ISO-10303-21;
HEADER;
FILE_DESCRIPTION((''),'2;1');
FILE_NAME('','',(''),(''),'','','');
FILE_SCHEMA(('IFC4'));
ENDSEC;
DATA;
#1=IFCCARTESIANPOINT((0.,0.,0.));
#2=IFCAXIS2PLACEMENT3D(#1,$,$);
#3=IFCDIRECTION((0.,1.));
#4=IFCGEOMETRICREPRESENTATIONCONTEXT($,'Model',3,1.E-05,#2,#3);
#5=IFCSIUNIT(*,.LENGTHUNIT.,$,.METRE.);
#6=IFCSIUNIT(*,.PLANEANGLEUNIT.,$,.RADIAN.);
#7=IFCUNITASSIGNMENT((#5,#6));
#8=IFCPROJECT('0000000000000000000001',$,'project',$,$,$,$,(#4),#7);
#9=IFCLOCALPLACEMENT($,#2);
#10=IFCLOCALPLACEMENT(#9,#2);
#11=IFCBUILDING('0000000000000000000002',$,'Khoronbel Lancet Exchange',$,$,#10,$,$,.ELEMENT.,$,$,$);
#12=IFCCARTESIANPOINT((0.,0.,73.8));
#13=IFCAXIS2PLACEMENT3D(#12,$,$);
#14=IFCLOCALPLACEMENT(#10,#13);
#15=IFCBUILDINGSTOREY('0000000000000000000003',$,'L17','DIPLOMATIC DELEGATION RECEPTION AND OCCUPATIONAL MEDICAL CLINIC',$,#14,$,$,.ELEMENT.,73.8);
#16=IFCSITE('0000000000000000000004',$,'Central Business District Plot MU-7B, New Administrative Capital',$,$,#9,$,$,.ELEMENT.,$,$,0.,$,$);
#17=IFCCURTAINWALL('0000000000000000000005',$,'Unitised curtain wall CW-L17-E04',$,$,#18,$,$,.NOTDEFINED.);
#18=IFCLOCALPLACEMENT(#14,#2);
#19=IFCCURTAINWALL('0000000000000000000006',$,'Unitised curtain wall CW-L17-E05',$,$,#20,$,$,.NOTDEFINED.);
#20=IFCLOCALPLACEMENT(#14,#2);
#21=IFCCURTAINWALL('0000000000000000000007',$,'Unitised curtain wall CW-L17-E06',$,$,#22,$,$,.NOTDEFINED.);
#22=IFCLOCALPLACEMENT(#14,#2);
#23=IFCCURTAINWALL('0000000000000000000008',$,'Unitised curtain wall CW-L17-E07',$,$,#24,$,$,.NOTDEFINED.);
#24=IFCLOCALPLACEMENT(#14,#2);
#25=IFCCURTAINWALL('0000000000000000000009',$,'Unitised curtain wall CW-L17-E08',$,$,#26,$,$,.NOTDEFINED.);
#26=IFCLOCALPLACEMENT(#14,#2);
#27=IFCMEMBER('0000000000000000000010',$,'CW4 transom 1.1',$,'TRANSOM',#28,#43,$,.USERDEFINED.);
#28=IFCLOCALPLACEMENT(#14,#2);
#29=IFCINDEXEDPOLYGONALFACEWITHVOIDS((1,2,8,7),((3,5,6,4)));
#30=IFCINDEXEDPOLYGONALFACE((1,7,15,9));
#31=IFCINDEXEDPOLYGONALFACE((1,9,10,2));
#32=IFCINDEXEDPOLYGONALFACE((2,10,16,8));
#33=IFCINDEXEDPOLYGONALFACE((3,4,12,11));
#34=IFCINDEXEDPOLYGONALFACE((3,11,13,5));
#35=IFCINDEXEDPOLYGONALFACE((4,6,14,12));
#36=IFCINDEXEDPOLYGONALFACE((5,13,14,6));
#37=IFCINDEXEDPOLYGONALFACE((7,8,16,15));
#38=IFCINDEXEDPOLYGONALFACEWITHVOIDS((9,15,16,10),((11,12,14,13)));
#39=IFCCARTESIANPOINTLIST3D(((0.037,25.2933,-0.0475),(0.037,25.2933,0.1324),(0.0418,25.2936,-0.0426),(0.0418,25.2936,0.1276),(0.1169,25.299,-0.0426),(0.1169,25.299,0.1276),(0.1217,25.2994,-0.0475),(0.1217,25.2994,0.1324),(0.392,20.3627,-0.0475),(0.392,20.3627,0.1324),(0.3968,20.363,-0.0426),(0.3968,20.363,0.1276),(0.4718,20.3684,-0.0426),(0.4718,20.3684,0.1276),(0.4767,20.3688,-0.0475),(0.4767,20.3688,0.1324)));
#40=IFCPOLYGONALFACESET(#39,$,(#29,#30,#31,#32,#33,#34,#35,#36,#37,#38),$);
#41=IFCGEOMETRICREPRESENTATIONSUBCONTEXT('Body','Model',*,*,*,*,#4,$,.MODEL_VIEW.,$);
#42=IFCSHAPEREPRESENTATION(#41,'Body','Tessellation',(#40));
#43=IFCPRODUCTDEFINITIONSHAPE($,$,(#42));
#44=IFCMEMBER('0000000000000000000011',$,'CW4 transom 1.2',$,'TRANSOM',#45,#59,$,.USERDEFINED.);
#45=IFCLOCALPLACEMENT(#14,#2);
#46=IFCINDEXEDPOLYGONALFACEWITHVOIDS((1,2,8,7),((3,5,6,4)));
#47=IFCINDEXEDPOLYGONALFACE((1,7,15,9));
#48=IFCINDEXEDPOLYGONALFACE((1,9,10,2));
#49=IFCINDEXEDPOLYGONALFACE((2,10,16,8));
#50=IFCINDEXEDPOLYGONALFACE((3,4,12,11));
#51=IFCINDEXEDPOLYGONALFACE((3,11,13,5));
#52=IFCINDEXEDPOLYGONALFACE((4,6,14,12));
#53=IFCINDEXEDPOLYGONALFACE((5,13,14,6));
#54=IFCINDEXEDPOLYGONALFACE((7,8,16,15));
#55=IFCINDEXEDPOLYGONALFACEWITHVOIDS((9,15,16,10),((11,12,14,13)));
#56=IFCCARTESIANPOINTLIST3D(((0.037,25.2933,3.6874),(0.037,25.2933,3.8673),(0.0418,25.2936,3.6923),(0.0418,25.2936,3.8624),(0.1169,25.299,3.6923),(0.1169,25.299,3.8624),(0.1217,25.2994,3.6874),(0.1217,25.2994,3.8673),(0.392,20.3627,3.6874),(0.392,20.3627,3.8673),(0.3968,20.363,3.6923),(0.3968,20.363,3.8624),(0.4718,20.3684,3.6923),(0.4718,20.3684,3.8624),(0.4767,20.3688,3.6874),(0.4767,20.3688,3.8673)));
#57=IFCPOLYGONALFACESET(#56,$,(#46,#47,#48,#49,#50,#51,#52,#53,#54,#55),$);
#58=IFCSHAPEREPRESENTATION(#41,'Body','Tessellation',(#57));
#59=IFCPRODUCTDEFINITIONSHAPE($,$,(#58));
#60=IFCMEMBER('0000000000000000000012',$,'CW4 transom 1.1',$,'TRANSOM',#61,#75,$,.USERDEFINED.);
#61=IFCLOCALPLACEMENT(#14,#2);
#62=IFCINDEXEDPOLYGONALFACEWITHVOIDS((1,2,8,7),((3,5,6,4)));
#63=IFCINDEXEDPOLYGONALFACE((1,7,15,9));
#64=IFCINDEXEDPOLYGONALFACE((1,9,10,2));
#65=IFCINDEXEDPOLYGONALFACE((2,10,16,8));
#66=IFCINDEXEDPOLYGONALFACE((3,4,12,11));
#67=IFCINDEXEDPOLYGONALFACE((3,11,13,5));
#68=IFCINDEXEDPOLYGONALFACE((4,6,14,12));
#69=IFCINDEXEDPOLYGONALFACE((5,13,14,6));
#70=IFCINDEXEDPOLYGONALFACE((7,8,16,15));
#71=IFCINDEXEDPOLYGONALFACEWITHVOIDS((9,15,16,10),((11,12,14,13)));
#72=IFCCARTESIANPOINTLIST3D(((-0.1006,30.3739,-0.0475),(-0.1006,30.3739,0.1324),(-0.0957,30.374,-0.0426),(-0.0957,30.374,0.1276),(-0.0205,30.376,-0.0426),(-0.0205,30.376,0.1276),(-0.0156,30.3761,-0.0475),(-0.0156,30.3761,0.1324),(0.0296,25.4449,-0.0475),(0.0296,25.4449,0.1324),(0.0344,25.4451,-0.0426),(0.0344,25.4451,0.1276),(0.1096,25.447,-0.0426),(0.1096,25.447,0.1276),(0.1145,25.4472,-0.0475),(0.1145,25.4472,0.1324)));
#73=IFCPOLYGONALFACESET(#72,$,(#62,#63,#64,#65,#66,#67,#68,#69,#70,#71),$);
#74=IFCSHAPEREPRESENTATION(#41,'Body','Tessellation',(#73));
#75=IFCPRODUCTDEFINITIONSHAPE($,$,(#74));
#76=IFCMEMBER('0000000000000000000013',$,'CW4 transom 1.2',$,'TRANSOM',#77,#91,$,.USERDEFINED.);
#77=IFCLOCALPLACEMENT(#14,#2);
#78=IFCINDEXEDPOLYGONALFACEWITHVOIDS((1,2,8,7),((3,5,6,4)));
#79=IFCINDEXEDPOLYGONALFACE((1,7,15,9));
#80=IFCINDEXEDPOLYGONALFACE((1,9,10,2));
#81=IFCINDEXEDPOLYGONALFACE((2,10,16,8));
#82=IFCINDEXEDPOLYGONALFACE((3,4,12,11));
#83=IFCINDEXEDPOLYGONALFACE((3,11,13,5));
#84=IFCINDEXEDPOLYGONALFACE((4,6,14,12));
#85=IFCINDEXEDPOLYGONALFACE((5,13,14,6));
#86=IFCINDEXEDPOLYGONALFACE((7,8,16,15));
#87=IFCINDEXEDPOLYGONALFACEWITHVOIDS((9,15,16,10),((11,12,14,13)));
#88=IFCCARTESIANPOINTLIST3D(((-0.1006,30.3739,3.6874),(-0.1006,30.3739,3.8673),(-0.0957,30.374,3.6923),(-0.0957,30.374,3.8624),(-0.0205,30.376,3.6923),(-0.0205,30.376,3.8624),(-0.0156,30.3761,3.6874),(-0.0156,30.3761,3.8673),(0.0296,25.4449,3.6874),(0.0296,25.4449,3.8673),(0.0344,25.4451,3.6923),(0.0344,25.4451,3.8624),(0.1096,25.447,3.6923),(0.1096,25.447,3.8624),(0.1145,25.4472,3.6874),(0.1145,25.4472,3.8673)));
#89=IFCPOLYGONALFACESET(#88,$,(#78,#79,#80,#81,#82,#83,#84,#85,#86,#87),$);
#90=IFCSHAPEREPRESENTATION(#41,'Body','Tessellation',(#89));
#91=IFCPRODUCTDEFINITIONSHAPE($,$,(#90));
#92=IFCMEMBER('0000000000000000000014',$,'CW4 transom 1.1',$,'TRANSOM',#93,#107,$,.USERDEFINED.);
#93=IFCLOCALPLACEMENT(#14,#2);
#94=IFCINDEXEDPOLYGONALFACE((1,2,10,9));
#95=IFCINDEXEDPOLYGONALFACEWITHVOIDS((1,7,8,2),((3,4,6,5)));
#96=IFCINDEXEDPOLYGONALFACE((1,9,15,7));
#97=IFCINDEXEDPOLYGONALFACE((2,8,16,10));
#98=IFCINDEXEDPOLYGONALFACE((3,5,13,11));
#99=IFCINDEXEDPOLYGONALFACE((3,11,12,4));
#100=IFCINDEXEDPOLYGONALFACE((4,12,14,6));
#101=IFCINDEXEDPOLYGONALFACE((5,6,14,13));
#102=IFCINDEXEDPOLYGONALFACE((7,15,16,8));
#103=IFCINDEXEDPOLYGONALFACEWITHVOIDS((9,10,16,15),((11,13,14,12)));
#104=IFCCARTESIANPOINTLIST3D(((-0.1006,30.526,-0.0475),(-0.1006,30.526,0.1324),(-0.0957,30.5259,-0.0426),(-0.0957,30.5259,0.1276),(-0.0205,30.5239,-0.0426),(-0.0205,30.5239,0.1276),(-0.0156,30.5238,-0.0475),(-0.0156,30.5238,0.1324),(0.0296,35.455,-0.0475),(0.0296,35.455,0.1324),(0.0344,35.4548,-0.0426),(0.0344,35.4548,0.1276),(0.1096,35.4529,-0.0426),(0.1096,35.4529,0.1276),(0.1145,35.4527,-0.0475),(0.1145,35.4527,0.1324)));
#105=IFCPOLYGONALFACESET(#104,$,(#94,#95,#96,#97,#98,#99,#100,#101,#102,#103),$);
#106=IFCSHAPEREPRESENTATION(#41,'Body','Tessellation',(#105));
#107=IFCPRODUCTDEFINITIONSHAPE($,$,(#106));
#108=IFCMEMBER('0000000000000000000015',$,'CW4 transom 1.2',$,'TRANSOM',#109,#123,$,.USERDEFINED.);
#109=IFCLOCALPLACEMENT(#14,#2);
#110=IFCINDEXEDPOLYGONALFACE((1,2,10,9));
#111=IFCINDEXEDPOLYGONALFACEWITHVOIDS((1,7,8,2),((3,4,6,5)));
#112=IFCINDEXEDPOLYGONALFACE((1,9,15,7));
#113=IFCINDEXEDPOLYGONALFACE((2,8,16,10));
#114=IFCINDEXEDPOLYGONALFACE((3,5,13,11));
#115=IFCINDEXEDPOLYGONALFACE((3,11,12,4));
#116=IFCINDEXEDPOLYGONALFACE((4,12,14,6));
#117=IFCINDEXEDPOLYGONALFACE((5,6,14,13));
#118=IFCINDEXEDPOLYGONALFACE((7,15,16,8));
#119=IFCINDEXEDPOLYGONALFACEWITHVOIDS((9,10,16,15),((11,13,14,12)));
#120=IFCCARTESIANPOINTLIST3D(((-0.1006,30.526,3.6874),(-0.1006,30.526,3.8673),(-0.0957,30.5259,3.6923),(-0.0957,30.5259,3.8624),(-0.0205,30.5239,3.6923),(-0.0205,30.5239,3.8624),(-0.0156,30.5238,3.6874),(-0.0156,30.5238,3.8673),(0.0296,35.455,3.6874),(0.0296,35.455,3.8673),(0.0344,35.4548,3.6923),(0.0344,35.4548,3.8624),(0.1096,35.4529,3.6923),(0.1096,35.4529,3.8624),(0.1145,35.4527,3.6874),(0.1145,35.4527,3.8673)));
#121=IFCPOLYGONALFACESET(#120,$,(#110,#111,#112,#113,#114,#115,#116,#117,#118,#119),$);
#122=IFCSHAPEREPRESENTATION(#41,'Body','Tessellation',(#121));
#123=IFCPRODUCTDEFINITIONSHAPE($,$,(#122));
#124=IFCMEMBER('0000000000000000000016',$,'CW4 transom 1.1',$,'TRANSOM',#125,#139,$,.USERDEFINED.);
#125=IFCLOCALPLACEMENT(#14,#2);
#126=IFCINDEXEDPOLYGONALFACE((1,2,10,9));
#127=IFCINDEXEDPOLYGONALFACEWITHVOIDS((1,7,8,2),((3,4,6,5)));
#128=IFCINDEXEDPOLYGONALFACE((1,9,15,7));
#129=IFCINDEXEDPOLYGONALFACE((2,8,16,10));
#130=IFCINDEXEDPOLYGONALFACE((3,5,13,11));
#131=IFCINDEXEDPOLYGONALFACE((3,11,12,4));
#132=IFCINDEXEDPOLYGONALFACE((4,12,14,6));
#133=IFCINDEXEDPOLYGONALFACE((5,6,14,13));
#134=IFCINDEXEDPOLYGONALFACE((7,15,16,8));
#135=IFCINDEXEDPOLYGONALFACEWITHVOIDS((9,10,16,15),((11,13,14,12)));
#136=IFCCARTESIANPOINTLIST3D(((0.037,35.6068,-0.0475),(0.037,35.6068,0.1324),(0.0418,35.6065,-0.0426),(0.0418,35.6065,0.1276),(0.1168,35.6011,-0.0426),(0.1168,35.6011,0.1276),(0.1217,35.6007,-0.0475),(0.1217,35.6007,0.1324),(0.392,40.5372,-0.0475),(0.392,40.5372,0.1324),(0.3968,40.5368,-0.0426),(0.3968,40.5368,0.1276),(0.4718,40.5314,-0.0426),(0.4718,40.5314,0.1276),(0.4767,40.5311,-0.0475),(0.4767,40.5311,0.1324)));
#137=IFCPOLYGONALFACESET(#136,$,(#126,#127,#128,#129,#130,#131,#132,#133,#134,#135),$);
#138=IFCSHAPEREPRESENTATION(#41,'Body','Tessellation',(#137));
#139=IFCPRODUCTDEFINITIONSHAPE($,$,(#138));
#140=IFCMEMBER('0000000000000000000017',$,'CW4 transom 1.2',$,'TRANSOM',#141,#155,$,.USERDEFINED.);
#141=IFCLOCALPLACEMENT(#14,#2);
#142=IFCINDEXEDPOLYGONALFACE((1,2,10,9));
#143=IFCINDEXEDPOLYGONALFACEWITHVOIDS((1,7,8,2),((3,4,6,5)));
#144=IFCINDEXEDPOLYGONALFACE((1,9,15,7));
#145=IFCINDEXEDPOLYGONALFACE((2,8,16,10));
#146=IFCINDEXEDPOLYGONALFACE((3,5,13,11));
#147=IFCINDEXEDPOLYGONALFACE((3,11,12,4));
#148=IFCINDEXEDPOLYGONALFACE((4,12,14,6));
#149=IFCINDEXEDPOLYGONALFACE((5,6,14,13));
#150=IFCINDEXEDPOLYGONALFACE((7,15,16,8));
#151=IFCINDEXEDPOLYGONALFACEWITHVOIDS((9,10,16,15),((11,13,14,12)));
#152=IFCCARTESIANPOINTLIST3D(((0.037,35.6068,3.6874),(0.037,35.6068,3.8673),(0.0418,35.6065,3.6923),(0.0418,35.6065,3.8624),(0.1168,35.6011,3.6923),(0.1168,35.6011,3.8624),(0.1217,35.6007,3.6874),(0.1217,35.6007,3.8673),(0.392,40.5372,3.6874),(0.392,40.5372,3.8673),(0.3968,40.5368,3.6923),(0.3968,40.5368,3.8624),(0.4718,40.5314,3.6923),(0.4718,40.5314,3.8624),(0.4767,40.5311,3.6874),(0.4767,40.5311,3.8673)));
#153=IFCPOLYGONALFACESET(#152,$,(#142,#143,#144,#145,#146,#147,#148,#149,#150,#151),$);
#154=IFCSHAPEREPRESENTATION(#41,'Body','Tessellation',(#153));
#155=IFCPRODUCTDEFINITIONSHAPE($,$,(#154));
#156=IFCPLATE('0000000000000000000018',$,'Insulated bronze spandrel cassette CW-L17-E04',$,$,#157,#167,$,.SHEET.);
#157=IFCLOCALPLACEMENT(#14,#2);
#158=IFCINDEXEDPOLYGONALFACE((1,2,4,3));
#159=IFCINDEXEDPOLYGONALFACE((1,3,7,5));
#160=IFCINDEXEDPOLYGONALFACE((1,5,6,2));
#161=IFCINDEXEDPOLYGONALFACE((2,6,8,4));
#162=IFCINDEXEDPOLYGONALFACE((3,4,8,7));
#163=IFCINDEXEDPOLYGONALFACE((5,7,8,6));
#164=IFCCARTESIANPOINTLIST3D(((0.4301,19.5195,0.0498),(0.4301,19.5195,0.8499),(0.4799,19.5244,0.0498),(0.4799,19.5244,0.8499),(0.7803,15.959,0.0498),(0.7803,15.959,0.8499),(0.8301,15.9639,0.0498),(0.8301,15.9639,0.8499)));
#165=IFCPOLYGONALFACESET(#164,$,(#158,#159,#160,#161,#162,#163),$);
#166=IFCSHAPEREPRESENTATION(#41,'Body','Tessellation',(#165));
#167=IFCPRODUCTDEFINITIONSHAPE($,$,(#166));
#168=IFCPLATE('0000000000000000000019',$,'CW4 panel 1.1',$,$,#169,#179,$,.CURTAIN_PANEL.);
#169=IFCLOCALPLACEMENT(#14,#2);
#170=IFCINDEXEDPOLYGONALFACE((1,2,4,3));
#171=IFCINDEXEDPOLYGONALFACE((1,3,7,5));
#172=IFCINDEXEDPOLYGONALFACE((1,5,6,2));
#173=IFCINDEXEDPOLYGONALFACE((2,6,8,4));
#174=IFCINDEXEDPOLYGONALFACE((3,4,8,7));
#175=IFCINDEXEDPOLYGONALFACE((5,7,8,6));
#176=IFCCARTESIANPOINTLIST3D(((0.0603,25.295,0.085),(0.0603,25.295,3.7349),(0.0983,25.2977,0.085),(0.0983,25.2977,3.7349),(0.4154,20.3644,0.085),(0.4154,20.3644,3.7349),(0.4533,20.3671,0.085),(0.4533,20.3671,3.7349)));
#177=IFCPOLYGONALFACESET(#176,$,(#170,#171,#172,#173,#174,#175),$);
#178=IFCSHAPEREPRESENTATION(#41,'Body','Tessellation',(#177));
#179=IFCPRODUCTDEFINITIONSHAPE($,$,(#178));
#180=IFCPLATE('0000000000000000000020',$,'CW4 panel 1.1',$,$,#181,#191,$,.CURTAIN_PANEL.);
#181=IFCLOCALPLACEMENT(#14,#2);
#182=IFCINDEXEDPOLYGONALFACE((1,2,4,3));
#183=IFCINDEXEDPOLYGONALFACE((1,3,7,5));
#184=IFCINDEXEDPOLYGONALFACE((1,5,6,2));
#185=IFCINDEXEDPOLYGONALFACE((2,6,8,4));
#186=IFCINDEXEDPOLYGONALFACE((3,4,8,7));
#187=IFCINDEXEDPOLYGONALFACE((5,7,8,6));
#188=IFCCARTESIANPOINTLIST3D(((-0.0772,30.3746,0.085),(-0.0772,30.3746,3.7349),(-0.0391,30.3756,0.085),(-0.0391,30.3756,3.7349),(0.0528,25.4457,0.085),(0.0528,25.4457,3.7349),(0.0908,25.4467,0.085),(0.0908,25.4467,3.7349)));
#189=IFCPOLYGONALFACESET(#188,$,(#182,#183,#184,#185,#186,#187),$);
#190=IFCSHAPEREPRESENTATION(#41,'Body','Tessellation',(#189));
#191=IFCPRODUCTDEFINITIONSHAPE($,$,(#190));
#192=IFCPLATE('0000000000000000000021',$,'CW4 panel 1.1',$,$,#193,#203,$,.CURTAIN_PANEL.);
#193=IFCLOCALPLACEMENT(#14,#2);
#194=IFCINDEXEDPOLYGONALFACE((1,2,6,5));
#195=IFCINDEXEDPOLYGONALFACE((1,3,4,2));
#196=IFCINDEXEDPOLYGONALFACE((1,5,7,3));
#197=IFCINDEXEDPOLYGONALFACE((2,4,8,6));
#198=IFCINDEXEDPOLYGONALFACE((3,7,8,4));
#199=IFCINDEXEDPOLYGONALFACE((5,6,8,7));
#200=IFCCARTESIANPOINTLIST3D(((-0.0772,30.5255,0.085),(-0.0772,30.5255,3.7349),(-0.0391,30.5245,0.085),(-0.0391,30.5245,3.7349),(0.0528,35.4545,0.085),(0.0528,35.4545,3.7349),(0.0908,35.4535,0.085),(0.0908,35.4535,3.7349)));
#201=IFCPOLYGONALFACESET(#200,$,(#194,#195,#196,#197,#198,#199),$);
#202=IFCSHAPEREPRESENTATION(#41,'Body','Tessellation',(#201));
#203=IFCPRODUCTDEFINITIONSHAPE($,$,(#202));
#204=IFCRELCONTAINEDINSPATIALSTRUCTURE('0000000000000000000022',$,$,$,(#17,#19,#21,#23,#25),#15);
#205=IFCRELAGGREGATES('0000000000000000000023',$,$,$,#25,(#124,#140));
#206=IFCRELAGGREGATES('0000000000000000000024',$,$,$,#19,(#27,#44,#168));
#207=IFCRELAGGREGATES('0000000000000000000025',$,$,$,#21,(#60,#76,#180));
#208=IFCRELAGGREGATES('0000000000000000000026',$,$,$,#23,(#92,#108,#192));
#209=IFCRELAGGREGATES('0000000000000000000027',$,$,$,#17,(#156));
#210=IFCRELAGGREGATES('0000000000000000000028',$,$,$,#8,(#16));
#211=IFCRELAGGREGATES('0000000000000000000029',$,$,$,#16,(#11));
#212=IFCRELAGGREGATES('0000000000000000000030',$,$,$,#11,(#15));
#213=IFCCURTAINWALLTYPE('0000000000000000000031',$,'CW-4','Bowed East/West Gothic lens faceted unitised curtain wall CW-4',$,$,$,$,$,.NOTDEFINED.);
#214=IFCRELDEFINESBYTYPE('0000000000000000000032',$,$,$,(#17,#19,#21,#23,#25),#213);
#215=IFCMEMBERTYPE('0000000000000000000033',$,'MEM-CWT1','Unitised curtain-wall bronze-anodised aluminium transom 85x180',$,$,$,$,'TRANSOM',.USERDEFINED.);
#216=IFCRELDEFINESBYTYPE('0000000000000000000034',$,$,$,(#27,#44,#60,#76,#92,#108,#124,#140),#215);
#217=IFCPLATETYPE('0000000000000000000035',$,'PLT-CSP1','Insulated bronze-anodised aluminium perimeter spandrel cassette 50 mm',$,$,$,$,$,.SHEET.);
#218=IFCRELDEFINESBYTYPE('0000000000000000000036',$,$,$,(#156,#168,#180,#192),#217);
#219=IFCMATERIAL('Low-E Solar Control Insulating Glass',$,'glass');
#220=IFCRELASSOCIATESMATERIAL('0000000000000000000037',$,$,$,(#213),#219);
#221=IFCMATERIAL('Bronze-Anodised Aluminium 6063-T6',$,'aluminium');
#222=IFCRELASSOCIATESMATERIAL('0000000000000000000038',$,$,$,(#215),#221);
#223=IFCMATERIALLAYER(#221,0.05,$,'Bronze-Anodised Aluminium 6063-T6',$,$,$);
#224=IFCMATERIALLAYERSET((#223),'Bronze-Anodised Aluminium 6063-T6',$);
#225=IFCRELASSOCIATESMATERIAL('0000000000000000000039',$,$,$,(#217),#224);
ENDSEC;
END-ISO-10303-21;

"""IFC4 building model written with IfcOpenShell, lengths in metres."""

from ifc_helpers import new_model, si_unit, direction, frame, origin, origin_2d, place, context, subcontext, project, spatial, rectangle, hollow_rectangle, extrude, material, layer, layer_set, material_profile, profile_set, type_object, element, aggregate, save


model = new_model("IFC4")

# Units and contexts
model_context = context("Model", 3, precision=1e-05, world=origin(), true_north=direction((0.0, 1.0)))
body_context = subcontext(model_context, "Body", "Model", "MODEL_VIEW")
ifc_project = project(units=[si_unit("LENGTHUNIT", "METRE"), si_unit("PLANEANGLEUNIT", "RADIAN")], contexts=[model_context])

# Site, building, storey
site_placement = place(None, origin())
site = spatial("IfcSite", under=ifc_project, at=site_placement, Name="Central Business District Plot MU-7B, New Administrative Capital", CompositionType="ELEMENT", RefElevation=0.0)
building_placement = place(site_placement, origin())
building = spatial("IfcBuilding", under=site, at=building_placement, Name="Khoronbel Lancet Exchange", CompositionType="ELEMENT")
storey_placement = place(building_placement, frame((0.0, 0.0, 73.8)))
storey = spatial("IfcBuildingStorey", under=building, at=storey_placement, Name="L17", Description="DIPLOMATIC DELEGATION RECEPTION AND OCCUPATIONAL MEDICAL CLINIC", CompositionType="ELEMENT", Elevation=73.8)

# Curtain walls
ifc_material_1 = material(Name="Low-E Solar Control Insulating Glass", Category="glass")
curtain_wall_type = type_object("IfcCurtainWallType", Name="CW-4", Description="Bowed East/West Gothic lens faceted unitised curtain wall CW-4", PredefinedType="NOTDEFINED", material=ifc_material_1)
curtain_wall_1_placement = place(storey_placement, origin())
curtain_wall_1 = element("IfcCurtainWall", 1, at=curtain_wall_1_placement, inside=storey, type_object=curtain_wall_type, Name="Unitised curtain wall CW-L17-E04", PredefinedType="NOTDEFINED")
ifc_material_2 = material(Name="Bronze-Anodised Aluminium 6063-T6", Category="aluminium")
curtain_wall_2_placement = place(storey_placement, origin())
curtain_wall_2 = element("IfcCurtainWall", 2, at=curtain_wall_2_placement, inside=storey, type_object=curtain_wall_type, Name="Unitised curtain wall CW-L17-E05", PredefinedType="NOTDEFINED")
curtain_wall_3_placement = place(storey_placement, origin())
curtain_wall_3 = element("IfcCurtainWall", 3, at=curtain_wall_3_placement, inside=storey, type_object=curtain_wall_type, Name="Unitised curtain wall CW-L17-E06", PredefinedType="NOTDEFINED")
curtain_wall_4_placement = place(storey_placement, origin())
curtain_wall_4 = element("IfcCurtainWall", 4, at=curtain_wall_4_placement, inside=storey, type_object=curtain_wall_type, Name="Unitised curtain wall CW-L17-E07", PredefinedType="NOTDEFINED")

# Curtain wall
curtain_wall_5_placement = place(storey_placement, origin())
curtain_wall_5 = element("IfcCurtainWall", 5, at=curtain_wall_5_placement, inside=storey, type_object=curtain_wall_type, Name="Unitised curtain wall CW-L17-E08", PredefinedType="NOTDEFINED")

# Members
ifc_material_profile_1 = material_profile(ifc_material_2, hollow_rectangle(XDim=0.085, YDim=0.1799, WallThickness=0.0049, at=origin_2d()), Name="ALU TRANSOM 85x180")
ifc_profile_set_1 = profile_set([ifc_material_profile_1], Name="Bronze-Anodised Aluminium 6063-T6")
member_type_1 = type_object("IfcMemberType", Name="MEM-CWT1", Description="Unitised curtain-wall bronze-anodised aluminium transom 85x180", ElementType="TRANSOM", PredefinedType="USERDEFINED", material=ifc_profile_set_1)
member_1_placement = place(storey_placement, frame((0.4343, 20.3657, 0.0425), z_axis=(-0.071809, 0.997418, 0.0), x_axis=(-0.997418, -0.071809, 0.0)))
member_1 = element("IfcMember", 6, at=member_1_placement, type_object=member_type_1, Name="CW4 transom 1.1", ObjectType="TRANSOM", PredefinedType="USERDEFINED", context=body_context, shape_type="SweptSolid", body=[
    extrude(hollow_rectangle(XDim=0.085, YDim=0.1799, WallThickness=0.0049, at=origin_2d()), origin(), (0.0, 0.0, 1.0), 4.9434),
])
member_2_placement = place(storey_placement, frame((0.4343, 20.3657, 3.7773), z_axis=(-0.071809, 0.997418, 0.0), x_axis=(-0.997418, -0.071809, 0.0)))
member_2 = element("IfcMember", 7, at=member_2_placement, type_object=member_type_1, Name="CW4 transom 1.2", ObjectType="TRANSOM", PredefinedType="USERDEFINED", context=body_context, shape_type="SweptSolid", body=[
    extrude(hollow_rectangle(XDim=0.085, YDim=0.1799, WallThickness=0.0049, at=origin_2d()), origin(), (0.0, 0.0, 1.0), 4.9434),
])
member_3_placement = place(storey_placement, frame((0.072, 25.446, 0.0425), z_axis=(-0.026391, 0.999652, 0.0), x_axis=(-0.999652, -0.026391, 0.0)))
member_3 = element("IfcMember", 8, at=member_3_placement, type_object=member_type_1, Name="CW4 transom 1.1", ObjectType="TRANSOM", PredefinedType="USERDEFINED", context=body_context, shape_type="SweptSolid", body=[
    extrude(hollow_rectangle(XDim=0.085, YDim=0.1799, WallThickness=0.0049, at=origin_2d()), origin(), (0.0, 0.0, 1.0), 4.9307),
])
member_4_placement = place(storey_placement, frame((0.072, 25.446, 3.7773), z_axis=(-0.026391, 0.999652, 0.0), x_axis=(-0.999652, -0.026391, 0.0)))
member_4 = element("IfcMember", 9, at=member_4_placement, type_object=member_type_1, Name="CW4 transom 1.2", ObjectType="TRANSOM", PredefinedType="USERDEFINED", context=body_context, shape_type="SweptSolid", body=[
    extrude(hollow_rectangle(XDim=0.085, YDim=0.1799, WallThickness=0.0049, at=origin_2d()), origin(), (0.0, 0.0, 1.0), 4.9307),
])
member_5_placement = place(storey_placement, frame((-0.0581, 30.5249, 0.0425), z_axis=(0.026391, 0.999652, 0.0), x_axis=(-0.999652, 0.026391, 0.0)))
member_5 = element("IfcMember", 10, at=member_5_placement, type_object=member_type_1, Name="CW4 transom 1.1", ObjectType="TRANSOM", PredefinedType="USERDEFINED", context=body_context, shape_type="SweptSolid", body=[
    extrude(hollow_rectangle(XDim=0.085, YDim=0.1799, WallThickness=0.0049, at=origin_2d()), origin(), (0.0, 0.0, 1.0), 4.9307),
])
member_6_placement = place(storey_placement, frame((-0.0581, 30.5249, 3.7773), z_axis=(0.026391, 0.999652, 0.0), x_axis=(-0.999652, 0.026391, 0.0)))
member_6 = element("IfcMember", 11, at=member_6_placement, type_object=member_type_1, Name="CW4 transom 1.2", ObjectType="TRANSOM", PredefinedType="USERDEFINED", context=body_context, shape_type="SweptSolid", body=[
    extrude(hollow_rectangle(XDim=0.085, YDim=0.1799, WallThickness=0.0049, at=origin_2d()), origin(), (0.0, 0.0, 1.0), 4.9307),
])
member_7_placement = place(storey_placement, frame((0.0793, 35.6038, 0.0425), z_axis=(0.071812, 0.997418, 0.0), x_axis=(-0.997418, 0.071812, 0.0)))
member_7 = element("IfcMember", 12, at=member_7_placement, type_object=member_type_1, Name="CW4 transom 1.1", ObjectType="TRANSOM", PredefinedType="USERDEFINED", context=body_context, shape_type="SweptSolid", body=[
    extrude(hollow_rectangle(XDim=0.085, YDim=0.1799, WallThickness=0.0049, at=origin_2d()), origin(), (0.0, 0.0, 1.0), 4.9431),
])
member_8_placement = place(storey_placement, frame((0.0793, 35.6038, 3.7773), z_axis=(0.071812, 0.997418, 0.0), x_axis=(-0.997418, 0.071812, 0.0)))
member_8 = element("IfcMember", 13, at=member_8_placement, type_object=member_type_1, Name="CW4 transom 1.2", ObjectType="TRANSOM", PredefinedType="USERDEFINED", context=body_context, shape_type="SweptSolid", body=[
    extrude(hollow_rectangle(XDim=0.085, YDim=0.1799, WallThickness=0.0049, at=origin_2d()), origin(), (0.0, 0.0, 1.0), 4.9431),
])
aggregate(curtain_wall_5, [member_7, member_8])

# Plates
ifc_layer_1 = layer(ifc_material_2, 0.05, Name="Bronze-Anodised Aluminium 6063-T6")
ifc_layer_set_1 = layer_set([ifc_layer_1], Name="Bronze-Anodised Aluminium 6063-T6")
plate_type_1 = type_object("IfcPlateType", Name="PLT-CSP1", Description="Insulated bronze-anodised aluminium perimeter spandrel cassette 50 mm", PredefinedType="SHEET", material=ifc_layer_set_1)
plate_1_placement = place(storey_placement, frame((0.6301, 17.7417, 0.0498), z_axis=(0.0, 0.0, 1.0), x_axis=(-0.097886, 0.995198, 0.0)))
plate_1 = element("IfcPlate", 14, at=plate_1_placement, type_object=plate_type_1, Name="Insulated bronze spandrel cassette CW-L17-E04", PredefinedType="SHEET", context=body_context, shape_type="SweptSolid", body=[
    extrude(rectangle(XDim=3.5776, YDim=0.05, at=origin_2d()), origin(), (0.0, 0.0, 1.0), 0.8),
])
plate_2_placement = place(storey_placement, frame((0.2568, 22.8311, 0.085), z_axis=(0.0, 0.0, 1.0), x_axis=(-0.071819, 0.997418, 0.0)))
plate_2 = element("IfcPlate", 15, at=plate_2_placement, type_object=plate_type_1, Name="CW4 panel 1.1", PredefinedType="CURTAIN_PANEL", context=body_context, shape_type="SweptSolid", body=[
    extrude(rectangle(XDim=4.9434, YDim=0.0381, at=origin_2d()), origin(), (0.0, 0.0, 1.0), 3.6499),
])
aggregate(curtain_wall_2, [member_1, member_2, plate_2])
plate_3_placement = place(storey_placement, frame((0.0068, 27.9106, 0.085), z_axis=(0.0, 0.0, 1.0), x_axis=(-0.026355, 0.999653, 0.0)))
plate_3 = element("IfcPlate", 16, at=plate_3_placement, type_object=plate_type_1, Name="CW4 panel 1.1", PredefinedType="CURTAIN_PANEL", context=body_context, shape_type="SweptSolid", body=[
    extrude(rectangle(XDim=4.9307, YDim=0.0381, at=origin_2d()), origin(), (0.0, 0.0, 1.0), 3.6499),
])
aggregate(curtain_wall_3, [member_3, member_4, plate_3])
plate_4_placement = place(storey_placement, frame((0.0068, 32.9895, 0.085), z_axis=(0.0, 0.0, 1.0), x_axis=(0.026355, 0.999653, 0.0)))
plate_4 = element("IfcPlate", 17, at=plate_4_placement, type_object=plate_type_1, Name="CW4 panel 1.1", PredefinedType="CURTAIN_PANEL", context=body_context, shape_type="SweptSolid", body=[
    extrude(rectangle(XDim=4.9307, YDim=0.0381, at=origin_2d()), origin(), (0.0, 0.0, 1.0), 3.6499),
])
aggregate(curtain_wall_4, [member_5, member_6, plate_4])
aggregate(curtain_wall_1, [plate_1])

save(model, "model.ifc")
